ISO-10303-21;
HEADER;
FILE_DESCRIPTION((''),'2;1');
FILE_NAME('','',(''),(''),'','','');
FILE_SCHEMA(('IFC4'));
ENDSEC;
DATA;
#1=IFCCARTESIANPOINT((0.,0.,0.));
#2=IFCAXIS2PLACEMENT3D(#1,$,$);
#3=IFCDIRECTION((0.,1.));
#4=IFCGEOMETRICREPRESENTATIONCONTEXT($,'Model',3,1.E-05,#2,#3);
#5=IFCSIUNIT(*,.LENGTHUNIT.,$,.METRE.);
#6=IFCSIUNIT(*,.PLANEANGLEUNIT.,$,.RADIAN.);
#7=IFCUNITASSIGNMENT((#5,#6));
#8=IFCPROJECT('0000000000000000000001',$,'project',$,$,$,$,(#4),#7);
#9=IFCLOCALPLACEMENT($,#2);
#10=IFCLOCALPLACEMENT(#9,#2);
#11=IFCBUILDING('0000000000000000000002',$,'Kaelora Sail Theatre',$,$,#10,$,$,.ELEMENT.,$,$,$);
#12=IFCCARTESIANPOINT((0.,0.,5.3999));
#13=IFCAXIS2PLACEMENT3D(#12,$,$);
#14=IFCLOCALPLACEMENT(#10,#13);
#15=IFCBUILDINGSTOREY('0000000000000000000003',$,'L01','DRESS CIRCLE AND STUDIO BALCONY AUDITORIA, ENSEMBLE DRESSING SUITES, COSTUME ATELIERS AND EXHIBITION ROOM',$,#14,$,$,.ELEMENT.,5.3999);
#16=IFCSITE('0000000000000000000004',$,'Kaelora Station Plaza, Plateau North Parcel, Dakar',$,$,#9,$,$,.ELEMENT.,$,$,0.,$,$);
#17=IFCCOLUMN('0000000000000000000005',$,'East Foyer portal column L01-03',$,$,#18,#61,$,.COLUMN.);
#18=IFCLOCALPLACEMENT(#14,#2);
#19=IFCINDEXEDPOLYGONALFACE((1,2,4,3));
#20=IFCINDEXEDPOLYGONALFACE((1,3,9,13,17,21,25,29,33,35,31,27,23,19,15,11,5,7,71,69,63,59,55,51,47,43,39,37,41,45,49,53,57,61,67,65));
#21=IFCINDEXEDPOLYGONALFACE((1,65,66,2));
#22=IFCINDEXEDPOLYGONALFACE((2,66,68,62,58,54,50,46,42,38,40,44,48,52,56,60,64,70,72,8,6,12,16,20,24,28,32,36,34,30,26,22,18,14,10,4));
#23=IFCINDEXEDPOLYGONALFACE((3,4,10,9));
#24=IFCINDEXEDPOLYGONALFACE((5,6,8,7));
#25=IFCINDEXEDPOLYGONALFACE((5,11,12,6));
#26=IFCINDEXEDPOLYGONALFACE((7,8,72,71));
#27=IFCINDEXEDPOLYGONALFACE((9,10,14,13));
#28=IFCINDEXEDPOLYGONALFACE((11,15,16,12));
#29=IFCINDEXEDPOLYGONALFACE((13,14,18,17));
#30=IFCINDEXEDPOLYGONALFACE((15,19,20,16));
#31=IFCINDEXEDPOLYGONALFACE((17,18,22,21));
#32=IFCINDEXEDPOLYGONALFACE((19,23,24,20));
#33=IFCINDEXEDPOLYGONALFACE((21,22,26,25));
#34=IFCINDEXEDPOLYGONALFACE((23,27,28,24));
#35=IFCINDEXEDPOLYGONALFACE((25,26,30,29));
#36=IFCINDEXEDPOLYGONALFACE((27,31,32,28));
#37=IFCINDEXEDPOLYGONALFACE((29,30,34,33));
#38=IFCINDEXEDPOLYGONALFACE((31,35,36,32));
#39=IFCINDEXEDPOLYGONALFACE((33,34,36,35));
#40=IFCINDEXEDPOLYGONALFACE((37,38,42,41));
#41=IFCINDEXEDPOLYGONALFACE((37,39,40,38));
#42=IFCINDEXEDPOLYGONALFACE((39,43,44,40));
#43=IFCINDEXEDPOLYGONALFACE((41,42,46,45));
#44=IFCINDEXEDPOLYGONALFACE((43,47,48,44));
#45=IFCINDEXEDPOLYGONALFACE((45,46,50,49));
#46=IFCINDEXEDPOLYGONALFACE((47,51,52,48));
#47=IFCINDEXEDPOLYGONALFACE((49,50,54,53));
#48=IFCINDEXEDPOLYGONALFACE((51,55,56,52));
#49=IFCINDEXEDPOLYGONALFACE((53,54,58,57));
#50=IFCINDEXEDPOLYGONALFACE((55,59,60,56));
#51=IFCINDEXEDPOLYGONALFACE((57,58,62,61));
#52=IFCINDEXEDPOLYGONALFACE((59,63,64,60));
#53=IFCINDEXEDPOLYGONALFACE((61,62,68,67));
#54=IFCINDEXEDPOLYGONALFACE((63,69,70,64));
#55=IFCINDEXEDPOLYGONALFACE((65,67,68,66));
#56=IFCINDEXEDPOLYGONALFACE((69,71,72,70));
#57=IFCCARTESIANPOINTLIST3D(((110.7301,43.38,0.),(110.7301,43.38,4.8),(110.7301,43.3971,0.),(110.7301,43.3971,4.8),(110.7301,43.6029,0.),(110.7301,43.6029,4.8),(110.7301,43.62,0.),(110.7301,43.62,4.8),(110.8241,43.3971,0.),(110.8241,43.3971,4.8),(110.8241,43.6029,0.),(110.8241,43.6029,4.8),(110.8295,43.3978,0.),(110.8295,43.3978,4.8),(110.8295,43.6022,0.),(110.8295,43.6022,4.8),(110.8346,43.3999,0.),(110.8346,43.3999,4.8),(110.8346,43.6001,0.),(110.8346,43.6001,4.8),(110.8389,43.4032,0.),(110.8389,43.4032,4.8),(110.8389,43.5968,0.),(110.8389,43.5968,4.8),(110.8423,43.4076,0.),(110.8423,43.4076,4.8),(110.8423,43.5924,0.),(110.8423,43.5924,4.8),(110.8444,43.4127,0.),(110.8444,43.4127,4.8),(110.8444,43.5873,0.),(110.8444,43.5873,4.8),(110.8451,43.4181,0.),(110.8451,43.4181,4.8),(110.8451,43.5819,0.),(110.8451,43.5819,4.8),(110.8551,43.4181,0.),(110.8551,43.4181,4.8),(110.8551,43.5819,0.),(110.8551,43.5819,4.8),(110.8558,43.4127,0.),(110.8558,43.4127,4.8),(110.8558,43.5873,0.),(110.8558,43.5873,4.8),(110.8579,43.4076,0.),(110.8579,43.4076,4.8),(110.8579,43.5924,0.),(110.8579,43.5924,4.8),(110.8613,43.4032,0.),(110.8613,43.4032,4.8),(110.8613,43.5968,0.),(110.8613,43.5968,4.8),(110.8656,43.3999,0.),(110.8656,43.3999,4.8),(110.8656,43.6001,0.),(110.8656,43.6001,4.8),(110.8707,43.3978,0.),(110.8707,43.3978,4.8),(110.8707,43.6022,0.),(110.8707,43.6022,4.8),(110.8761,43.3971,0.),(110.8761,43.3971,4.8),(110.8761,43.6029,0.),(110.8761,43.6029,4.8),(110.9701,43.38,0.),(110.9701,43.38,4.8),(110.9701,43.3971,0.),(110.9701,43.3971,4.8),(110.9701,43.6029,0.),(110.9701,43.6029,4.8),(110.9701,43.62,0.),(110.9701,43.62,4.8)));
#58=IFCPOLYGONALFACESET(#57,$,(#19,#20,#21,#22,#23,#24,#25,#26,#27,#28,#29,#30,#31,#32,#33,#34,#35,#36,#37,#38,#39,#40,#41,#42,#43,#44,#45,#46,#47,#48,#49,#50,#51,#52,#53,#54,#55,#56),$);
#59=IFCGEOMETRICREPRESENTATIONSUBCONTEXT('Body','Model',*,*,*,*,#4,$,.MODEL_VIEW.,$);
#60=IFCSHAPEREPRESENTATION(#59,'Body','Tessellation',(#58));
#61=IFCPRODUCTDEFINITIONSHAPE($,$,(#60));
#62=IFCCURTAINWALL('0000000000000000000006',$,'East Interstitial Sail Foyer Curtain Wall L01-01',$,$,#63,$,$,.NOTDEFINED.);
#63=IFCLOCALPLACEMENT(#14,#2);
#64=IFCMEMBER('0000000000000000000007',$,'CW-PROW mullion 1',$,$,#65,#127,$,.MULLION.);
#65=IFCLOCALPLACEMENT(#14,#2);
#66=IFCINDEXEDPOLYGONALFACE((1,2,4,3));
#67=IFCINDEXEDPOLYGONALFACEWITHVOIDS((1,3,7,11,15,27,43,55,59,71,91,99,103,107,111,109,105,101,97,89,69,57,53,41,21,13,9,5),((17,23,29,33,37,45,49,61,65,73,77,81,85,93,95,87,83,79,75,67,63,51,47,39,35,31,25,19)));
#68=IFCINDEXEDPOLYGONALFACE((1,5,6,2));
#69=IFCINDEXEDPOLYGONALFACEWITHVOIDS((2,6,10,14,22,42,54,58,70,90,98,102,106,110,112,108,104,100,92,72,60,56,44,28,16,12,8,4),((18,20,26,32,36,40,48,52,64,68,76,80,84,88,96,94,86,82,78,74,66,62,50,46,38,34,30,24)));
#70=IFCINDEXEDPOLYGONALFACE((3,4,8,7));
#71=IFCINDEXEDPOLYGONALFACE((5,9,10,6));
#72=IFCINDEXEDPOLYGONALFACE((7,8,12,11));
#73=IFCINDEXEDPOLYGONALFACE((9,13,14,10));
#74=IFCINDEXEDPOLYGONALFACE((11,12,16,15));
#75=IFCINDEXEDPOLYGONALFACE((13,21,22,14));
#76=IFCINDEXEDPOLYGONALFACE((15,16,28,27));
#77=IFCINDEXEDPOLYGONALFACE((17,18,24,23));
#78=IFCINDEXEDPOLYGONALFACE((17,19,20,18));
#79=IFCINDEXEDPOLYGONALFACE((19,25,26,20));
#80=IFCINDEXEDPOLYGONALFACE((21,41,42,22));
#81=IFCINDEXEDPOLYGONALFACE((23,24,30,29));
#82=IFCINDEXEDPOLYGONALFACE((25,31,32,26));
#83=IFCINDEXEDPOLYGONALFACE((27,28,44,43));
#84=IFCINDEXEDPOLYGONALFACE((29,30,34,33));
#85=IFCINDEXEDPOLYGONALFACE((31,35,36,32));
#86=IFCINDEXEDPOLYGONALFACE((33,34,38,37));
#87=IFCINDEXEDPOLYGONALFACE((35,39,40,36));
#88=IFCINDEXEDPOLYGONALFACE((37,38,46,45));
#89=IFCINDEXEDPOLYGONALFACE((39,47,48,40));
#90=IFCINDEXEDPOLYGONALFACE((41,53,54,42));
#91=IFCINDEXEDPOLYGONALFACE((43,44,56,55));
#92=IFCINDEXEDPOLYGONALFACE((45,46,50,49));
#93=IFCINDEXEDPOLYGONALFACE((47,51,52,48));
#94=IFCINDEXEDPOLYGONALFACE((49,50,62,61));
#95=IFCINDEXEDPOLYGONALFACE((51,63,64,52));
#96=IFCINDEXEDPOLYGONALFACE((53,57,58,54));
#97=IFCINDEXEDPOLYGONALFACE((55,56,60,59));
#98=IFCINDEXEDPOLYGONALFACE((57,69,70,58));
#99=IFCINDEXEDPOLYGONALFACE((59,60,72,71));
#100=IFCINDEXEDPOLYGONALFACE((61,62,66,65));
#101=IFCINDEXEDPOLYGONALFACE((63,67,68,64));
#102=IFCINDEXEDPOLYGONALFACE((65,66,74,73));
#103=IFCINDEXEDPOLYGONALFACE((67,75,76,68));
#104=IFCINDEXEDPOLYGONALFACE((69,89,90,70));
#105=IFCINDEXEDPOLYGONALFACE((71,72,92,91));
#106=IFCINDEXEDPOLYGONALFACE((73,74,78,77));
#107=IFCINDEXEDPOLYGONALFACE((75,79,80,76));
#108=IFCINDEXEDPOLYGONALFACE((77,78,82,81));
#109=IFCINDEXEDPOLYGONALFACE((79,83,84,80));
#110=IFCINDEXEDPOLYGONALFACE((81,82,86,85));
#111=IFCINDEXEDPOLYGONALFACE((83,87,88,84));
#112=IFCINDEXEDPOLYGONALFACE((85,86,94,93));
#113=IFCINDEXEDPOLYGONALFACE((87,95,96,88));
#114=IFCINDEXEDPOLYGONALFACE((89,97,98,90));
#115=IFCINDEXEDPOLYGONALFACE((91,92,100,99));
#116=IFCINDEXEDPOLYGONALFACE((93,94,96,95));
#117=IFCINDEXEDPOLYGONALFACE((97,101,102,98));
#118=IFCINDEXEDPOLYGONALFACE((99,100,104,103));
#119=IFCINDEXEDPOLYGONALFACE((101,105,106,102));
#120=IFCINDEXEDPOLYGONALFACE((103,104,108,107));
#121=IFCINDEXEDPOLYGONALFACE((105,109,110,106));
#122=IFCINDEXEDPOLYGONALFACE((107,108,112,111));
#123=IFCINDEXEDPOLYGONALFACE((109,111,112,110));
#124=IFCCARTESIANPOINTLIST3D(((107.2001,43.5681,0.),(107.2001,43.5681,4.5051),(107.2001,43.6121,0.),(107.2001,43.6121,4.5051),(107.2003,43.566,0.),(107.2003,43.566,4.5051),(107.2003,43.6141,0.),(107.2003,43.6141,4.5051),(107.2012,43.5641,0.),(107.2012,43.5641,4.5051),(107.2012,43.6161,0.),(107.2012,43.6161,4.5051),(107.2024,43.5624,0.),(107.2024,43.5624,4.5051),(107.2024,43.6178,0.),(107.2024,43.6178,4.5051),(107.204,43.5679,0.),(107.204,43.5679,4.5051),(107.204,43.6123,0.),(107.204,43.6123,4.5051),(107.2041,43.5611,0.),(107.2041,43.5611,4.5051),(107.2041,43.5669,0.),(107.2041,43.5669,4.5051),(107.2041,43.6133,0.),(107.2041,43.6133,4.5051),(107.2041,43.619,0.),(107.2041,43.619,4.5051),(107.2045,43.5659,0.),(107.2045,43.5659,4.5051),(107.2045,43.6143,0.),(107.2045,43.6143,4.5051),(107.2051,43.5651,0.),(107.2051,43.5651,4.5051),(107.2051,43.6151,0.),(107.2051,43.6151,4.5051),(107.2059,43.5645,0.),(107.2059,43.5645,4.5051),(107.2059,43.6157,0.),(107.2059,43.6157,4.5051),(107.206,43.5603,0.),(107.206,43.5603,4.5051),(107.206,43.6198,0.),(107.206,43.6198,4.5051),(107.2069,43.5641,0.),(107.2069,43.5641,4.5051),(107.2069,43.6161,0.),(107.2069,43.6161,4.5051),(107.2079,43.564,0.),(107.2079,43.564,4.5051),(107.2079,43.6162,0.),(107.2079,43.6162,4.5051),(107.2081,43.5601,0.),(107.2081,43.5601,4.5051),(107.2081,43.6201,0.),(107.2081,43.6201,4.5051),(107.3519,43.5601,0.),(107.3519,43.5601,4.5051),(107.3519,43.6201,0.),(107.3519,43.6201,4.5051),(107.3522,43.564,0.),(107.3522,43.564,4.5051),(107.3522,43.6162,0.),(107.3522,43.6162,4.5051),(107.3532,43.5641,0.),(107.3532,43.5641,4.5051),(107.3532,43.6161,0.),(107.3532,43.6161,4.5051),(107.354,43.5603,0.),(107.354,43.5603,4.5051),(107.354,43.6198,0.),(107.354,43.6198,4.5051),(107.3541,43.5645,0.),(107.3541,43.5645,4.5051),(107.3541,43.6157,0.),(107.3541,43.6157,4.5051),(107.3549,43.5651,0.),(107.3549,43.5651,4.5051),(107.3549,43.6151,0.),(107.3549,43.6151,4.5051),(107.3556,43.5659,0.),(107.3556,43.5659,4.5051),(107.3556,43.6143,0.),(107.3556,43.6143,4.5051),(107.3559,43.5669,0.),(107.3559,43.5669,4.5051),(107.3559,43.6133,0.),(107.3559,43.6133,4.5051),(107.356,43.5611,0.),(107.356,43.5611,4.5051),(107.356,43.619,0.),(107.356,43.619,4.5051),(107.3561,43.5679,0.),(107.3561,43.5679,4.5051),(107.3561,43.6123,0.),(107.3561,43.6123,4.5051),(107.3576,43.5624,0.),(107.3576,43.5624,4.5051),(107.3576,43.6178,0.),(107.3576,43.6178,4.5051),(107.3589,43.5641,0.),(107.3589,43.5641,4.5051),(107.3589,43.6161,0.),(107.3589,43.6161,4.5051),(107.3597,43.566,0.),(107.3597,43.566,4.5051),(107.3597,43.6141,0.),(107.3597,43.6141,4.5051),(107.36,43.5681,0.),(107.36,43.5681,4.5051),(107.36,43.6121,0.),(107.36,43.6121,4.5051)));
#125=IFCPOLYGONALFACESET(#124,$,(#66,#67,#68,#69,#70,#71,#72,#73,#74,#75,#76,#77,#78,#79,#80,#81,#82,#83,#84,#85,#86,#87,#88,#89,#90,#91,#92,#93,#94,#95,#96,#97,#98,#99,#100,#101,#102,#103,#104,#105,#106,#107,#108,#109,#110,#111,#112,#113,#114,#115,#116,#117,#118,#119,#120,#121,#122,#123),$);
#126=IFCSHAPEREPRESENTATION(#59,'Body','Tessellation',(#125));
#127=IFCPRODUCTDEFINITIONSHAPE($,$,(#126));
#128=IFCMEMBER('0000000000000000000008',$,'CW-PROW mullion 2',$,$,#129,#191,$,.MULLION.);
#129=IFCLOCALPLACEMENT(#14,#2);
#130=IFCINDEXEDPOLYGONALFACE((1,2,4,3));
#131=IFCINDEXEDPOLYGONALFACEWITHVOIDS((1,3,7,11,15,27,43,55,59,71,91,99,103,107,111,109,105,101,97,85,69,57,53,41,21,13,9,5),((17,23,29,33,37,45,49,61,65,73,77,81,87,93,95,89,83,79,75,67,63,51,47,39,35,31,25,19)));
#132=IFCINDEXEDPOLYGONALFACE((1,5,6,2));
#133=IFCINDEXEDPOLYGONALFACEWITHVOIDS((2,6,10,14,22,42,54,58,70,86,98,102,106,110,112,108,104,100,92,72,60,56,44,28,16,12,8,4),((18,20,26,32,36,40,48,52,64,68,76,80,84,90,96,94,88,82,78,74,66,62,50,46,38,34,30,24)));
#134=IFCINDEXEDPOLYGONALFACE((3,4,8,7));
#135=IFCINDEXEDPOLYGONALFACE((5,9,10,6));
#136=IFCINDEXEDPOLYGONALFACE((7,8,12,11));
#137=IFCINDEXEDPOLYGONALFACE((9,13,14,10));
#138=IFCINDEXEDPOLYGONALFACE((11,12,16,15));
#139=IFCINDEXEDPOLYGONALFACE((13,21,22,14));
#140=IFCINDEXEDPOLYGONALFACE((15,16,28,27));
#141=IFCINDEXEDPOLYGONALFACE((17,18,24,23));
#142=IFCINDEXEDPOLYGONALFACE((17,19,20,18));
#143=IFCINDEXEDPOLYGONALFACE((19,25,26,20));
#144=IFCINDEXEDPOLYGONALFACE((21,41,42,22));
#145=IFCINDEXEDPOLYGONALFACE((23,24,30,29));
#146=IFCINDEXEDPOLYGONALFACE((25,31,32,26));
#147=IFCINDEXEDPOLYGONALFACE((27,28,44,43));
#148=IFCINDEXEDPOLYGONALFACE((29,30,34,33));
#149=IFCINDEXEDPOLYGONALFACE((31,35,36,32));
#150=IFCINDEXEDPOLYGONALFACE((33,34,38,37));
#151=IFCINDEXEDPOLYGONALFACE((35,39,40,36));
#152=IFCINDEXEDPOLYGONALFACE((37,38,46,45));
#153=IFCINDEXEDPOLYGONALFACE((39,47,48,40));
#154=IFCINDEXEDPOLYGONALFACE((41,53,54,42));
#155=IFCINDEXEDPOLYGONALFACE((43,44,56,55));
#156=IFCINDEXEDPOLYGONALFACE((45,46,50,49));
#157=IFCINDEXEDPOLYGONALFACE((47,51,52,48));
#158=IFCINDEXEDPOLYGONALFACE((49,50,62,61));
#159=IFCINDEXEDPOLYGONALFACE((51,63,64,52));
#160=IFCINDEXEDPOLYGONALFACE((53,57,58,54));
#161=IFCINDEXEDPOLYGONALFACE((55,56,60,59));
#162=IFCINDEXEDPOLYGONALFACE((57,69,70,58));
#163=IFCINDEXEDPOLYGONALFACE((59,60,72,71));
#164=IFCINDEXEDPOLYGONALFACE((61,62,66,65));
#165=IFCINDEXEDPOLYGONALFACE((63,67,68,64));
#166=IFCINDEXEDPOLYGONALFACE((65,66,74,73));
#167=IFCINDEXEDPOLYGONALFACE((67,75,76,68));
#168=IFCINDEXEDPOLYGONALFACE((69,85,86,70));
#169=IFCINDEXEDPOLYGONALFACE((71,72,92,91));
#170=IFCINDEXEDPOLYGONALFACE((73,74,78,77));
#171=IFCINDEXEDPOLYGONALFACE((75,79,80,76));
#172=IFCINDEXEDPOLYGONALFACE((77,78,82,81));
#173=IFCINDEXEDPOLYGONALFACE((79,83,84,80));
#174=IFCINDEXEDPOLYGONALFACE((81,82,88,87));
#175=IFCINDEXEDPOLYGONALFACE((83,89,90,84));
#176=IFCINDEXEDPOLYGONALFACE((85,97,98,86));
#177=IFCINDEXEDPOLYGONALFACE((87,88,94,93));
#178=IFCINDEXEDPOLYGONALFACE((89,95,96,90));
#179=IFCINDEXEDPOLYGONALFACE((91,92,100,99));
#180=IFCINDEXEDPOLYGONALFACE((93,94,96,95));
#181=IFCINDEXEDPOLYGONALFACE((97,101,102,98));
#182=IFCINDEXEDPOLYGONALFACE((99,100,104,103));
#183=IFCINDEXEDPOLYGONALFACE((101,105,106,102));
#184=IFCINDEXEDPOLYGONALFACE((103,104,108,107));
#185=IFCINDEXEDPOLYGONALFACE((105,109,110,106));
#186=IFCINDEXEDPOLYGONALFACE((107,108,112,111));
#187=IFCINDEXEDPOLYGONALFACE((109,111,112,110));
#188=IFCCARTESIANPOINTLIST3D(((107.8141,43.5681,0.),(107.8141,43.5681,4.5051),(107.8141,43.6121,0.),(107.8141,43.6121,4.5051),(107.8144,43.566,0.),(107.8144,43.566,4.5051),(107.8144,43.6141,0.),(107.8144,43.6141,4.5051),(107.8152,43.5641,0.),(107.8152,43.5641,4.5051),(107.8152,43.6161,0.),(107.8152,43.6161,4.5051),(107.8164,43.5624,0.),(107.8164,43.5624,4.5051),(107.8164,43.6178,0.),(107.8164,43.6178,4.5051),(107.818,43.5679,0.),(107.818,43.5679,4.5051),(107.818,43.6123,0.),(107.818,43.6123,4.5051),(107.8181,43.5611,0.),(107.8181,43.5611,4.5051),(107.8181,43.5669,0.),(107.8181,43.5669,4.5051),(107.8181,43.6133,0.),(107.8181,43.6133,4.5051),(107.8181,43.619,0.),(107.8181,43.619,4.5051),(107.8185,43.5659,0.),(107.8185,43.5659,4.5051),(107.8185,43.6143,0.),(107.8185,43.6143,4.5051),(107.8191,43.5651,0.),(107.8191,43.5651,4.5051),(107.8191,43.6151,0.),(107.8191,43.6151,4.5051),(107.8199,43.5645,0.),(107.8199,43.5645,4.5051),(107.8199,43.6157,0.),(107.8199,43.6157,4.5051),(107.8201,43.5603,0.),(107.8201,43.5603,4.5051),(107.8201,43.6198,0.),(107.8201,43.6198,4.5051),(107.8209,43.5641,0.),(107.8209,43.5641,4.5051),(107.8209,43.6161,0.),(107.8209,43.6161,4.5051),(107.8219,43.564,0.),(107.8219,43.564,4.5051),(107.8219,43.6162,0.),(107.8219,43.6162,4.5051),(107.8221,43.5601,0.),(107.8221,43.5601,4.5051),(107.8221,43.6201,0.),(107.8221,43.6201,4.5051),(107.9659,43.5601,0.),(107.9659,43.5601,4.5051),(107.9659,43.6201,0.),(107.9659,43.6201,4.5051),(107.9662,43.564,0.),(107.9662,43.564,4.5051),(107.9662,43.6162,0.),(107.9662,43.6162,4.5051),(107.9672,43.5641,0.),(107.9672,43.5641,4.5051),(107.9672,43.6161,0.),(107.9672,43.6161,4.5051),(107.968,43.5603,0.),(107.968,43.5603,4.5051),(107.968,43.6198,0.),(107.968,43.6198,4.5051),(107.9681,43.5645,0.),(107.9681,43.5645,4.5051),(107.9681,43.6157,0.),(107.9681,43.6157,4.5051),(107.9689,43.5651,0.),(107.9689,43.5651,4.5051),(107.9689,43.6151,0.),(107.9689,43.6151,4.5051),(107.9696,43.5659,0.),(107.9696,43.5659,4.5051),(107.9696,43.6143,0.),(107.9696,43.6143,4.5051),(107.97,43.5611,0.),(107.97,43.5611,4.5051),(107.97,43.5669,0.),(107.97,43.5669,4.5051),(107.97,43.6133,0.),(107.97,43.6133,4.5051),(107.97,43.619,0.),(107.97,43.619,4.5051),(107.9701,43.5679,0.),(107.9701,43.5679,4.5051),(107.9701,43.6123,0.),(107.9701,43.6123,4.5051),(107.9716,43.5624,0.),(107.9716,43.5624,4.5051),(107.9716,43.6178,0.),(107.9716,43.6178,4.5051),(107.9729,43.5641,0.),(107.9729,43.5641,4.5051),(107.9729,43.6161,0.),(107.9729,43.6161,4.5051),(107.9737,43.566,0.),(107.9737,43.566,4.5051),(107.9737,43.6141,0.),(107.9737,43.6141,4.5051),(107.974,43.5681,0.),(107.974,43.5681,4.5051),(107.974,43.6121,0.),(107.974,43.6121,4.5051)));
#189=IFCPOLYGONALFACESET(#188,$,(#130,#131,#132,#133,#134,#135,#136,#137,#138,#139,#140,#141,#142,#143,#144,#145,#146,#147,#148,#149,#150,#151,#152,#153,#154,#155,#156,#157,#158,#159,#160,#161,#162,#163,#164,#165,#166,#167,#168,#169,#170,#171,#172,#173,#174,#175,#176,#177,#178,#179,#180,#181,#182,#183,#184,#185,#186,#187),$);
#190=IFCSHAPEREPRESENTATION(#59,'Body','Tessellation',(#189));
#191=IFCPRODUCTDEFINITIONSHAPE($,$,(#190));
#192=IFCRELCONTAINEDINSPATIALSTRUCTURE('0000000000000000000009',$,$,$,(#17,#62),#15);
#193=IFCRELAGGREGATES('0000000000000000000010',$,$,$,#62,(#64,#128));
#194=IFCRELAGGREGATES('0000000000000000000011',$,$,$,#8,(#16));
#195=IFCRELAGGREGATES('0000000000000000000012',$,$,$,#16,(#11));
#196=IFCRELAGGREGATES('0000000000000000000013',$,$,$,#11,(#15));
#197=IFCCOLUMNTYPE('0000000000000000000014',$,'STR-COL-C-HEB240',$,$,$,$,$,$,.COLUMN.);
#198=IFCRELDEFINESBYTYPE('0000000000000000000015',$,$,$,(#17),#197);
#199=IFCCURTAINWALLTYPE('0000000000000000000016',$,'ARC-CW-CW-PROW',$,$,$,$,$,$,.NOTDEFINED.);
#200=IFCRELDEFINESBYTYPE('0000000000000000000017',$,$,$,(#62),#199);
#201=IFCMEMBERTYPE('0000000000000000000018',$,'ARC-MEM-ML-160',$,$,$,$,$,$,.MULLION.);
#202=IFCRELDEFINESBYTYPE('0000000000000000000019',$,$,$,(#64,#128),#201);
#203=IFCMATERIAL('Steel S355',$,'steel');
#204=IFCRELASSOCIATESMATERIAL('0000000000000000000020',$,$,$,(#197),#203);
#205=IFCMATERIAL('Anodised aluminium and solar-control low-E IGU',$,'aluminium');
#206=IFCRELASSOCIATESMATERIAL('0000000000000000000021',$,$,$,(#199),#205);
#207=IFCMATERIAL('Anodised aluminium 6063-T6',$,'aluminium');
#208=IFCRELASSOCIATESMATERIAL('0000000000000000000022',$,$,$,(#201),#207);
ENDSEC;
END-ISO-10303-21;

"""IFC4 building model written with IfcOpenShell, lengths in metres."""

from ifc_helpers import new_model, si_unit, direction, frame, origin, origin_2d, place, context, subcontext, project, spatial, hollow_rectangle, i_section, extrude, material, material_profile, profile_set, type_object, element, aggregate, save


model = new_model("IFC4")

# Units and contexts
model_context = context("Model", 3, precision=1e-05, world=origin(), true_north=direction((0.0, 1.0)))
body_context = subcontext(model_context, "Body", "Model", "MODEL_VIEW")
ifc_project = project(units=[si_unit("LENGTHUNIT", "METRE"), si_unit("PLANEANGLEUNIT", "RADIAN")], contexts=[model_context])

# Site, building, storey
site_placement = place(None, origin())
site = spatial("IfcSite", under=ifc_project, at=site_placement, Name="Kaelora Station Plaza, Plateau North Parcel, Dakar", CompositionType="ELEMENT", RefElevation=0.0)
building_placement = place(site_placement, origin())
building = spatial("IfcBuilding", under=site, at=building_placement, Name="Kaelora Sail Theatre", CompositionType="ELEMENT")
storey_placement = place(building_placement, frame((0.0, 0.0, 5.3999)))
storey = spatial("IfcBuildingStorey", under=building, at=storey_placement, Name="L01", Description="DRESS CIRCLE AND STUDIO BALCONY AUDITORIA, ENSEMBLE DRESSING SUITES, COSTUME ATELIERS AND EXHIBITION ROOM", CompositionType="ELEMENT", Elevation=5.3999)

# Column
ifc_material_1 = material(Name="Steel S355", Category="steel")
ifc_material_profile_1 = material_profile(ifc_material_1, i_section(OverallWidth=0.24, OverallDepth=0.24, WebThickness=0.01, FlangeThickness=0.0171, FilletRadius=0.021, at=origin_2d()), Name="HEB 240")
ifc_profile_set_1 = profile_set([ifc_material_profile_1], Name="Steel S355")
column_type = type_object("IfcColumnType", Name="STR-COL-C-HEB240", PredefinedType="COLUMN", material=ifc_profile_set_1)
column_placement = place(storey_placement, frame((110.8501, 43.5, 0.0), z_axis=(0.0, 0.0, 1.0), x_axis=(1.0, 0.0, 0.0)))
element("IfcColumn", 1, at=column_placement, inside=storey, type_object=column_type, Name="East Foyer portal column L01-03", PredefinedType="COLUMN", context=body_context, shape_type="SweptSolid", body=[
    extrude(i_section(OverallWidth=0.24, OverallDepth=0.24, WebThickness=0.01, FlangeThickness=0.0171, FilletRadius=0.021, at=origin_2d()), origin(), (0.0, 0.0, 1.0), 4.8),
])

# Curtain wall, members
ifc_material_2 = material(Name="Anodised aluminium and solar-control low-E IGU", Category="aluminium")
curtain_wall_type = type_object("IfcCurtainWallType", Name="ARC-CW-CW-PROW", PredefinedType="NOTDEFINED", material=ifc_material_2)
curtain_wall_placement = place(storey_placement, origin())
curtain_wall = element("IfcCurtainWall", 2, at=curtain_wall_placement, inside=storey, type_object=curtain_wall_type, Name="East Interstitial Sail Foyer Curtain Wall L01-01", PredefinedType="NOTDEFINED")
ifc_material_3 = material(Name="Anodised aluminium 6063-T6", Category="aluminium")
ifc_material_profile_2 = material_profile(ifc_material_3, hollow_rectangle(XDim=0.0601, YDim=0.1599, WallThickness=0.0039, InnerFilletRadius=0.0039, OuterFilletRadius=0.0081, at=origin_2d()), Name="ALU-MULL 60x160x4")
ifc_profile_set_2 = profile_set([ifc_material_profile_2], Name="Anodised aluminium 6063-T6")
member_type_1 = type_object("IfcMemberType", Name="ARC-MEM-ML-160", PredefinedType="MULLION", material=ifc_profile_set_2)
member_1_placement = place(storey_placement, frame((107.28, 43.5901, 0.0), z_axis=(0.0, 0.0, 1.0), x_axis=(0.0, 1.0, 0.0)))
member_1 = element("IfcMember", 3, at=member_1_placement, type_object=member_type_1, Name="CW-PROW mullion 1", PredefinedType="MULLION", context=body_context, shape_type="SweptSolid", body=[
    extrude(hollow_rectangle(XDim=0.0601, YDim=0.1599, WallThickness=0.0039, InnerFilletRadius=0.0039, OuterFilletRadius=0.0081, at=origin_2d()), origin(), (0.0, 0.0, 1.0), 4.5051),
])
member_2_placement = place(storey_placement, frame((107.894, 43.5901, 0.0), z_axis=(0.0, 0.0, 1.0), x_axis=(0.0, 1.0, 0.0)))
member_2 = element("IfcMember", 4, at=member_2_placement, type_object=member_type_1, Name="CW-PROW mullion 2", PredefinedType="MULLION", context=body_context, shape_type="SweptSolid", body=[
    extrude(hollow_rectangle(XDim=0.0601, YDim=0.1599, WallThickness=0.0039, InnerFilletRadius=0.0039, OuterFilletRadius=0.0081, at=origin_2d()), origin(), (0.0, 0.0, 1.0), 4.5051),
])

aggregate(curtain_wall, [member_1, member_2])

save(model, "model.ifc")
